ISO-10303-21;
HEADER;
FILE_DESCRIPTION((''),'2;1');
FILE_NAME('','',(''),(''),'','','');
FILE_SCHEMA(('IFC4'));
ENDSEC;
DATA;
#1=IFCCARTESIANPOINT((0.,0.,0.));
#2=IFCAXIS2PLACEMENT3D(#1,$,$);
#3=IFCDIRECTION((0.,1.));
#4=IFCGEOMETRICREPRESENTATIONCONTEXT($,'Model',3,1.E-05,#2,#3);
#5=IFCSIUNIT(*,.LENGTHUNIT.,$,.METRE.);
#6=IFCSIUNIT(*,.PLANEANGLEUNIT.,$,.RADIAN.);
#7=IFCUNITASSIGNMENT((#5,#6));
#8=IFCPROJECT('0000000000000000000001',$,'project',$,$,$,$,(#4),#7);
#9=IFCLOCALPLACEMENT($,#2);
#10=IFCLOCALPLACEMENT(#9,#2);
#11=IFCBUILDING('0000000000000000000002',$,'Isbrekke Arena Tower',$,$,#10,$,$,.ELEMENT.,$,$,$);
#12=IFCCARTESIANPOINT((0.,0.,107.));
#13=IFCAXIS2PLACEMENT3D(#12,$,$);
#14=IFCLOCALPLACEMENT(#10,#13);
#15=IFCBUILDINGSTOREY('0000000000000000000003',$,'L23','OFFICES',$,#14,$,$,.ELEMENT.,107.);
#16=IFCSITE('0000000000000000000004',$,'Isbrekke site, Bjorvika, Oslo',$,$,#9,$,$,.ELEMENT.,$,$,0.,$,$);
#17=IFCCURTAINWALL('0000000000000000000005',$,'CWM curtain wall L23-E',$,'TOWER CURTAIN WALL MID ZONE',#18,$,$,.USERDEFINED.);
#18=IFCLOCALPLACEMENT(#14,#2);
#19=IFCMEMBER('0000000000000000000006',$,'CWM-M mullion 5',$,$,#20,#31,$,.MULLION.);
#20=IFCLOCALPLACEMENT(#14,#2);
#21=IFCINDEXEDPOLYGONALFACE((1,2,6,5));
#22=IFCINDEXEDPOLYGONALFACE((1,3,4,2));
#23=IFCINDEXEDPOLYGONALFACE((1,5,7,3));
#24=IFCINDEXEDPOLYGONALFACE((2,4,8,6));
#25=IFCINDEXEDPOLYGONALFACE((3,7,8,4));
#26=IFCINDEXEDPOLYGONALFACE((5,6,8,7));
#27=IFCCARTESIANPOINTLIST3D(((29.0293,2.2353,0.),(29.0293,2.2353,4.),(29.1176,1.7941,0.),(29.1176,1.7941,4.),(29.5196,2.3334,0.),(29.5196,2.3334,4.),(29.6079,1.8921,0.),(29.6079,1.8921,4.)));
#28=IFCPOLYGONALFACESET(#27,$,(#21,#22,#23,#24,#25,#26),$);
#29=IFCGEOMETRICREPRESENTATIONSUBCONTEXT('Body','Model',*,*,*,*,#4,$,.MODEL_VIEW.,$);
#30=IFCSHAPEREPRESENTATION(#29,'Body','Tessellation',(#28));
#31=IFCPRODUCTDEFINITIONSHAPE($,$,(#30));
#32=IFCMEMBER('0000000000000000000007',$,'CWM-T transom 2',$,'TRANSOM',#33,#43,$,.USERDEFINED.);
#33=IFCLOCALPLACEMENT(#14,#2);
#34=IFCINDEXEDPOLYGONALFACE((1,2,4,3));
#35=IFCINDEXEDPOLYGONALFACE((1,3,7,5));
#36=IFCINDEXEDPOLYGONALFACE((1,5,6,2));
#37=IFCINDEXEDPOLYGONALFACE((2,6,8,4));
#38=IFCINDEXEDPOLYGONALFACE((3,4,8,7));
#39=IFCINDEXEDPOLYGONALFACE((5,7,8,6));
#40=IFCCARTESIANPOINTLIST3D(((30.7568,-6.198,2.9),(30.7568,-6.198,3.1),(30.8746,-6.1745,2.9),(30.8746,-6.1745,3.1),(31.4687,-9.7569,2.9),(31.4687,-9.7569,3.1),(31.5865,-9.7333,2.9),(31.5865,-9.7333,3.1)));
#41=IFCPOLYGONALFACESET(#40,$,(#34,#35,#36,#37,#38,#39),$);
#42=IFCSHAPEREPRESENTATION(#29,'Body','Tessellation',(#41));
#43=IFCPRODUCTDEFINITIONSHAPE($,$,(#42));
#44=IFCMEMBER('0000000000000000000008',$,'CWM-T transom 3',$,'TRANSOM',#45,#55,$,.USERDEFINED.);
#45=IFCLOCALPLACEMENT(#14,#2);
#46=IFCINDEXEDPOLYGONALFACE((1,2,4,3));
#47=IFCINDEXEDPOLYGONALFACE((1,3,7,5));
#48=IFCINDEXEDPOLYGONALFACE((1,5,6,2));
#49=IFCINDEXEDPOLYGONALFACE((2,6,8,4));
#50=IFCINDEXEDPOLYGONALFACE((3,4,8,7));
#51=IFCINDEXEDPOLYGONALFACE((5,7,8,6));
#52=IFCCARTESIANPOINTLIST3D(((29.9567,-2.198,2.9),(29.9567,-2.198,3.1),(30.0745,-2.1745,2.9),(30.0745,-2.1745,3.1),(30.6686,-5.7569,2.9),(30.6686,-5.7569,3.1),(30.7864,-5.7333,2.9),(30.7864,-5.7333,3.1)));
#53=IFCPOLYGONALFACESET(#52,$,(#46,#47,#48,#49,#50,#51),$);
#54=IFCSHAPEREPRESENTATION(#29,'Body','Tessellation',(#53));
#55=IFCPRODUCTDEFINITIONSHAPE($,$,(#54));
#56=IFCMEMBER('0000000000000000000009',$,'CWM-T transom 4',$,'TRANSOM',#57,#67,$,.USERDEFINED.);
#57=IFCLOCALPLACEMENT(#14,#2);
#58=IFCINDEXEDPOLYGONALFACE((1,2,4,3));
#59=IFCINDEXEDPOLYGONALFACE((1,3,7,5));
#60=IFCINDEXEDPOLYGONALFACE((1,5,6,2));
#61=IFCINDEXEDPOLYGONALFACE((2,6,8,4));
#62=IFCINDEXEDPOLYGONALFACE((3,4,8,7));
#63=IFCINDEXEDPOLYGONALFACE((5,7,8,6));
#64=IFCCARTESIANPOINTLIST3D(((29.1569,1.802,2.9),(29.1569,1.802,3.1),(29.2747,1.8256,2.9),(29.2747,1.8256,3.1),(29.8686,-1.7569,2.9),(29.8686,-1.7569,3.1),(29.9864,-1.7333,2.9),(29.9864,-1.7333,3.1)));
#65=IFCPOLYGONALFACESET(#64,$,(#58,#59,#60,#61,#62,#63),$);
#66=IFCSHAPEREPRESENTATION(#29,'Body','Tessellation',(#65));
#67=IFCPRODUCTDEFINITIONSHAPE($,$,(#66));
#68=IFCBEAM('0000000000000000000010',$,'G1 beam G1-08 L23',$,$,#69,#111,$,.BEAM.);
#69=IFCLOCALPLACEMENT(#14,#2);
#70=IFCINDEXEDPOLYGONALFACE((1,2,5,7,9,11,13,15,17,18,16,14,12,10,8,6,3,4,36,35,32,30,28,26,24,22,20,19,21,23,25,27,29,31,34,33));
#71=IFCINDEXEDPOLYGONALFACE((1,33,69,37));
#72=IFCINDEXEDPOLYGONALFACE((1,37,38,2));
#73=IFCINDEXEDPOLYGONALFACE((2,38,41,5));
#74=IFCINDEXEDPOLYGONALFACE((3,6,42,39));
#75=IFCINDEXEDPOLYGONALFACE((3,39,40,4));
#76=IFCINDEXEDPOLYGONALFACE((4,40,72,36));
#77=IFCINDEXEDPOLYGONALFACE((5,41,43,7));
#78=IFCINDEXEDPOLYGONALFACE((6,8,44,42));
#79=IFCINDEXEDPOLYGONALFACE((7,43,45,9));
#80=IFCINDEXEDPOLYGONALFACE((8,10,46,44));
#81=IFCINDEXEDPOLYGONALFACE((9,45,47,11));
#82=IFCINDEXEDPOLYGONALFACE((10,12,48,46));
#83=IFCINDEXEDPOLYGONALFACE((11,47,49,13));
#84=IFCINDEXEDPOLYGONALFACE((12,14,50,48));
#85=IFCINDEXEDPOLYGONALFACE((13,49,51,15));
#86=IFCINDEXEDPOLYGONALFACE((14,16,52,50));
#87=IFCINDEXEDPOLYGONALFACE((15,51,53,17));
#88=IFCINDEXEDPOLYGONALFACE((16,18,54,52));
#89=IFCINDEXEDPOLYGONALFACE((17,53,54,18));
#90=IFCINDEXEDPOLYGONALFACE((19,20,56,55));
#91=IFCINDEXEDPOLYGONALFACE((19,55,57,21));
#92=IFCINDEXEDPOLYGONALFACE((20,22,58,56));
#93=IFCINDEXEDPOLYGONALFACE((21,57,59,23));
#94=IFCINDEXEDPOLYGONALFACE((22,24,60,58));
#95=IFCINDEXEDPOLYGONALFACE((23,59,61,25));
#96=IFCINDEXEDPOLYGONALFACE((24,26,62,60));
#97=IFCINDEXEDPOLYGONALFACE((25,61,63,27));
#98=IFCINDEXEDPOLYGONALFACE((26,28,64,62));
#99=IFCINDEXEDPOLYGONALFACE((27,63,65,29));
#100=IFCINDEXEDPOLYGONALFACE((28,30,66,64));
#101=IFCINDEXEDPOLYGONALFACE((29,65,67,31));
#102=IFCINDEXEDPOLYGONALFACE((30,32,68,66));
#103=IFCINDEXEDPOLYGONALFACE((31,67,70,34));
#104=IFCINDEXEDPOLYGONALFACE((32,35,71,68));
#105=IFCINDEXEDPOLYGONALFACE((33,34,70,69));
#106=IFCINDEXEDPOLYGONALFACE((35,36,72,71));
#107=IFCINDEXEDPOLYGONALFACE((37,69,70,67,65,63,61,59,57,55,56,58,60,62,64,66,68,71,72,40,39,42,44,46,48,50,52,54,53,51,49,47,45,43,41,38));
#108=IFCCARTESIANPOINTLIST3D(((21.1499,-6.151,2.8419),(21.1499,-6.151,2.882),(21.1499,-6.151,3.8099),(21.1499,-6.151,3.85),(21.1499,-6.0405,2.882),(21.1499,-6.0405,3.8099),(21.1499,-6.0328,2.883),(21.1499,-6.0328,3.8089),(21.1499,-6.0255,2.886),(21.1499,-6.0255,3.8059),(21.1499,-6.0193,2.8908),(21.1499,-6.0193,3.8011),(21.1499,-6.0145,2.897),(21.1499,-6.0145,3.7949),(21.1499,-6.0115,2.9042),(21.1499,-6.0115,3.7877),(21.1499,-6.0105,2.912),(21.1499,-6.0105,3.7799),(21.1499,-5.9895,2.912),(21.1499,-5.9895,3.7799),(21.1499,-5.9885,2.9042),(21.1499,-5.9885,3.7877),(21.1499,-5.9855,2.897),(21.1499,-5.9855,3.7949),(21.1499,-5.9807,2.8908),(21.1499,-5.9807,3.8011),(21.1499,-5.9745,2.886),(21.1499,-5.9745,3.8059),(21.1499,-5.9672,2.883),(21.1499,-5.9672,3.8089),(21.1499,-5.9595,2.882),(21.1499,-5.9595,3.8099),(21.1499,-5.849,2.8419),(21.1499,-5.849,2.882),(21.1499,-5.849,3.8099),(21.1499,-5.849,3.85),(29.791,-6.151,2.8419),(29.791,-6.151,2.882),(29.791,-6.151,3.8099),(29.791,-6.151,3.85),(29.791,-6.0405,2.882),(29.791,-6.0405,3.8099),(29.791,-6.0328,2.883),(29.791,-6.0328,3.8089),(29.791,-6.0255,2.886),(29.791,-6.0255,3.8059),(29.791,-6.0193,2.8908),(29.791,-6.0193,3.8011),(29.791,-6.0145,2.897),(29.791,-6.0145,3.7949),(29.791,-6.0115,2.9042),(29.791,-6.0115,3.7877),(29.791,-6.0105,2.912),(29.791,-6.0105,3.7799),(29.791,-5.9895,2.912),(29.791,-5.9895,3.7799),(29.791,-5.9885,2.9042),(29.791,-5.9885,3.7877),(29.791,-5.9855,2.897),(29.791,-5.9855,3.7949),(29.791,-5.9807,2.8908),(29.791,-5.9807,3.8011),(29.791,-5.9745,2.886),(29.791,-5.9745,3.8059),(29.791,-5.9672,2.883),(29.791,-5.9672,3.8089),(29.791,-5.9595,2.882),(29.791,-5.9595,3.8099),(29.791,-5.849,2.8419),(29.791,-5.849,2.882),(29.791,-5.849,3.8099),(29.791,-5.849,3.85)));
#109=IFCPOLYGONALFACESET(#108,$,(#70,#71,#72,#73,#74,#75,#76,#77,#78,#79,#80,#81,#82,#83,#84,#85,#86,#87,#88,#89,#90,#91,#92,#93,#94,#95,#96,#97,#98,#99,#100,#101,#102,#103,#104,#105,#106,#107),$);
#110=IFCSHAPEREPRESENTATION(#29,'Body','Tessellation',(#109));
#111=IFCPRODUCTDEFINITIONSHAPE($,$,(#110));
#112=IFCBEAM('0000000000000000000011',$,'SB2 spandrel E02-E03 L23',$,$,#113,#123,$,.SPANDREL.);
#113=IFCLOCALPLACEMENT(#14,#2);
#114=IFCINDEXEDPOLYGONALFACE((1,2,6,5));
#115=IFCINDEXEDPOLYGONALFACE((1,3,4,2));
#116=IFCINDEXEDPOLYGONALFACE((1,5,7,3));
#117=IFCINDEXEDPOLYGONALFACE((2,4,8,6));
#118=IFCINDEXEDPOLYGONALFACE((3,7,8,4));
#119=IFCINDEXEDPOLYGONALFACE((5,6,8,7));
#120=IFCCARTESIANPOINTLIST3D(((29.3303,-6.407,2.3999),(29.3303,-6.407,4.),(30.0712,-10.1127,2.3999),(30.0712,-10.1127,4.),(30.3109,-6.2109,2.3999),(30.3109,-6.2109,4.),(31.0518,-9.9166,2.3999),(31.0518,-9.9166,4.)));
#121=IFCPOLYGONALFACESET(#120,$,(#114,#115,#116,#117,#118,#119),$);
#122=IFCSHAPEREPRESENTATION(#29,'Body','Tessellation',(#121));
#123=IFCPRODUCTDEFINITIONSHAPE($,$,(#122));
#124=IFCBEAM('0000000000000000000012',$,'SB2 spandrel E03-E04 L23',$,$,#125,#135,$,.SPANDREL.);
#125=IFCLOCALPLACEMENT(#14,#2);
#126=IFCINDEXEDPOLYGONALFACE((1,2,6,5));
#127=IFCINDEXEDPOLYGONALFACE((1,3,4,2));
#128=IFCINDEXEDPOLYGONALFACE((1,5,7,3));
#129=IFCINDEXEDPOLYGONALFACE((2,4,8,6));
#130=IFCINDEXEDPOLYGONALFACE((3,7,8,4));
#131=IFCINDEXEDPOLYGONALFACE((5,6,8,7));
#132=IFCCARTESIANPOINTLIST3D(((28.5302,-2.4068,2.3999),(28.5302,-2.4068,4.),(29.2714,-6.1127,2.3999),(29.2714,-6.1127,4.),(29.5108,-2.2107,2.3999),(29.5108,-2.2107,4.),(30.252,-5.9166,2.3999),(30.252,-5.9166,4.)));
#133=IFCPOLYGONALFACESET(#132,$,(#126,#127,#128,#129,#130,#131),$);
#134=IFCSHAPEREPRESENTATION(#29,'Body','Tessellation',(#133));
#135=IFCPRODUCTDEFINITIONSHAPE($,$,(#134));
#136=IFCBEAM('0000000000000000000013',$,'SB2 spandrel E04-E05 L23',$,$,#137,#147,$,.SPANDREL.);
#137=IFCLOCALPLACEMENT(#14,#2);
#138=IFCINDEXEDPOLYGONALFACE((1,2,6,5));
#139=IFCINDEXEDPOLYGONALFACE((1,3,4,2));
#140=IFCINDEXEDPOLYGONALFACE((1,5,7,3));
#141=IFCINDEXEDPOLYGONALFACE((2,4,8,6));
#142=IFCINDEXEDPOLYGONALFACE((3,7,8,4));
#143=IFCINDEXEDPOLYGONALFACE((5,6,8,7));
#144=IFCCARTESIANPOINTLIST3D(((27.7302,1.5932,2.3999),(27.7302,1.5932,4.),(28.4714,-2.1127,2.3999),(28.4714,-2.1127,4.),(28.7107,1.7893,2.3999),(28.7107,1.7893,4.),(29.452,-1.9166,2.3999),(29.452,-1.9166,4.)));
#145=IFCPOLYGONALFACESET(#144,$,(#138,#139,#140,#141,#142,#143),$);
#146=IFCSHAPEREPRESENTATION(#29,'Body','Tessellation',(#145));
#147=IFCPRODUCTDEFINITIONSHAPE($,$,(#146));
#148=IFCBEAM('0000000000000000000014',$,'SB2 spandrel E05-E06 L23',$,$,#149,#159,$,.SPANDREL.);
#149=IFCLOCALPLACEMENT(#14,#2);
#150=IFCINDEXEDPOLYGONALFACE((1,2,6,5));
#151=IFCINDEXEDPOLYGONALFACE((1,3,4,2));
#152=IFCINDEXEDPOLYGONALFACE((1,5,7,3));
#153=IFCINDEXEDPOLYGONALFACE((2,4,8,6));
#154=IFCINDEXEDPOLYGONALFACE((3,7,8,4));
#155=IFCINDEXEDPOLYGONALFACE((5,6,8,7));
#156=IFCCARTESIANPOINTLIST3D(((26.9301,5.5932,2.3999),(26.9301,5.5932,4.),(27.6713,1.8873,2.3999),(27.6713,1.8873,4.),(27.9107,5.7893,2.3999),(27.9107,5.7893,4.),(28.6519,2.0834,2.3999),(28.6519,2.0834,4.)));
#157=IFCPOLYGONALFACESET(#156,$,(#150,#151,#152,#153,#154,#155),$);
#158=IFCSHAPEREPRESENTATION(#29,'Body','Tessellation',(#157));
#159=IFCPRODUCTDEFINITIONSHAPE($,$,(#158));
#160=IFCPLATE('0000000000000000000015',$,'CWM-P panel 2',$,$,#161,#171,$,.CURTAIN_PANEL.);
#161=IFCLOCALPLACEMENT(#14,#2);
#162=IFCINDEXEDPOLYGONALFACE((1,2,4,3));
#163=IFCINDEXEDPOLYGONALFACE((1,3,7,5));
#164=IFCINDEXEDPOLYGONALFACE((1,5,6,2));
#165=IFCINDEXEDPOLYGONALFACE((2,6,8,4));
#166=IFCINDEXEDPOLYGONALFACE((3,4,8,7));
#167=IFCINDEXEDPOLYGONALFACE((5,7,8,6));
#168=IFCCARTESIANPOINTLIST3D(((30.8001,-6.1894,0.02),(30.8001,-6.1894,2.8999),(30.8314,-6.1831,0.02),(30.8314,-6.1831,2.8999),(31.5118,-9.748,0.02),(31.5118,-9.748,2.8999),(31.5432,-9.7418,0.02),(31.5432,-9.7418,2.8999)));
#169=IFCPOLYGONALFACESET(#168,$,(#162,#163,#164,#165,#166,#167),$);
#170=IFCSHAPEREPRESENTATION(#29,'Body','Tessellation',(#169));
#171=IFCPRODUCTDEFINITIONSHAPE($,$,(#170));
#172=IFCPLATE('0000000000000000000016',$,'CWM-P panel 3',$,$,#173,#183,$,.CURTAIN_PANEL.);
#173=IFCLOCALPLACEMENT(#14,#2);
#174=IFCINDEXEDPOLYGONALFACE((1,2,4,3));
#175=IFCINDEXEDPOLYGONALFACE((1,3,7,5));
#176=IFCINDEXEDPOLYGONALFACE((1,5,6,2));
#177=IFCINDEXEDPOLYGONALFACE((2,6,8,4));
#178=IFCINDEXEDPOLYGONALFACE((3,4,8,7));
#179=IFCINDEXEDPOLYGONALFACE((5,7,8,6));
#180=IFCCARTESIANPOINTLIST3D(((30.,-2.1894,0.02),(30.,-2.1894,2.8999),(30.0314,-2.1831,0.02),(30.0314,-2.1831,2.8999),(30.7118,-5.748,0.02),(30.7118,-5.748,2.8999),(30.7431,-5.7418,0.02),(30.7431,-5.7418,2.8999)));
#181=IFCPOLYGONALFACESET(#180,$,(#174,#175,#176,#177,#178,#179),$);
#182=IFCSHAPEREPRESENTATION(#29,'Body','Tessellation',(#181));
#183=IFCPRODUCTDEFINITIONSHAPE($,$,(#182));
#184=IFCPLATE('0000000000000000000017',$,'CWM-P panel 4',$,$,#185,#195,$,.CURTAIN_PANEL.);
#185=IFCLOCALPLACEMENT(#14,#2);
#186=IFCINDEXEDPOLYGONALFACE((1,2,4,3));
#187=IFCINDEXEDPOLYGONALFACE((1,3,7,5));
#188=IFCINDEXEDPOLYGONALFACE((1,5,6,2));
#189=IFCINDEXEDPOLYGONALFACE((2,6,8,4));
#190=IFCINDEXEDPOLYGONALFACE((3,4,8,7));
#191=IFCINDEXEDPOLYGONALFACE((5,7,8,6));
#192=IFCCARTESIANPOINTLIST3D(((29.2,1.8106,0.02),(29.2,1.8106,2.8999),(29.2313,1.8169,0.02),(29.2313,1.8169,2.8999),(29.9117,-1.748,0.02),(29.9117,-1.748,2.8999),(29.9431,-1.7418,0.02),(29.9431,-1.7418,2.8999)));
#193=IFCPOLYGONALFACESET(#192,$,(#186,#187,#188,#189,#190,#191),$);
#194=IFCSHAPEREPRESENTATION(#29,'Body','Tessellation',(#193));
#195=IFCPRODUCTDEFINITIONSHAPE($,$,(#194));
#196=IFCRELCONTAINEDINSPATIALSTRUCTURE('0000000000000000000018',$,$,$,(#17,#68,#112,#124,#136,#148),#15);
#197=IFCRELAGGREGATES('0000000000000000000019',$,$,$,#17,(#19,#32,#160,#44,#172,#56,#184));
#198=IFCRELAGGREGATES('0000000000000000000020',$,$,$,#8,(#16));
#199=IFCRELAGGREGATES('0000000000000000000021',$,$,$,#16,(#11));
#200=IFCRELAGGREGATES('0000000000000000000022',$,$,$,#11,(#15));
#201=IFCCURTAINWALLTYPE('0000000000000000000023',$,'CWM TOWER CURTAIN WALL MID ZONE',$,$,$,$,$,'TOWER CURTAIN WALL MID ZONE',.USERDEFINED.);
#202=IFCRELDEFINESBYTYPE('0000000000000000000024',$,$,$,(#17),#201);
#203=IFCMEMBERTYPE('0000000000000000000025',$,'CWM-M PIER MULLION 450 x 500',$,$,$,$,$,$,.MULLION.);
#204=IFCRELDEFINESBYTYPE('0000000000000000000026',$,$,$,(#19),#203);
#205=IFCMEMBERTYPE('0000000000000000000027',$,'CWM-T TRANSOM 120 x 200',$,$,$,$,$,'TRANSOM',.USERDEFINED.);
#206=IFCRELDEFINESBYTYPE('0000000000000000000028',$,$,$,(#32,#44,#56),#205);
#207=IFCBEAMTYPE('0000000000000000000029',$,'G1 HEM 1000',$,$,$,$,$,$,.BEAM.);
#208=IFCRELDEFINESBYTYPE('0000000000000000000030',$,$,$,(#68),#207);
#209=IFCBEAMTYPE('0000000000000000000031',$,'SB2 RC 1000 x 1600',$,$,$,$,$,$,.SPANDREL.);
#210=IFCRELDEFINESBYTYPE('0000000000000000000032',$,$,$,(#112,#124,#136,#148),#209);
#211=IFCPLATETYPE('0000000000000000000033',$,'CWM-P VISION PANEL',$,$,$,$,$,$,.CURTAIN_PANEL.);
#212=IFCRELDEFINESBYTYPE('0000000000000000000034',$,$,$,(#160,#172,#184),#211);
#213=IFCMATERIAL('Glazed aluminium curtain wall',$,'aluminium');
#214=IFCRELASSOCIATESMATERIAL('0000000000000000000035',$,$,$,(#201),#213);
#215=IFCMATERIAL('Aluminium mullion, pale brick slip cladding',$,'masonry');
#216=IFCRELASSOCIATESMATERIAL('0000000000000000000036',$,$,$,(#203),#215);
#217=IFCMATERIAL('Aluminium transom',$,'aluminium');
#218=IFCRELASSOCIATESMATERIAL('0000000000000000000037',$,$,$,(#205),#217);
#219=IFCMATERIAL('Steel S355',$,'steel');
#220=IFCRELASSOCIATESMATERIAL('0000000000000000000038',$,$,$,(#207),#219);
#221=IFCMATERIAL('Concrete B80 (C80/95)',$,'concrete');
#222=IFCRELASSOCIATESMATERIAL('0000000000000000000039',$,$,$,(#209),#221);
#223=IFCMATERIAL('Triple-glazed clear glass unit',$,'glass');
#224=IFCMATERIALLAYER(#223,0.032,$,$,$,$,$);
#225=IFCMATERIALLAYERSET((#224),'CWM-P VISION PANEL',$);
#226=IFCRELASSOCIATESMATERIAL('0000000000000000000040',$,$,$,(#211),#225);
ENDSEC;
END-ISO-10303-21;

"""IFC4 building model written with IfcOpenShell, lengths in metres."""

from ifc_helpers import new_model, si_unit, direction, frame, origin, origin_2d, place, context, subcontext, project, spatial, rectangle, i_section, extrude, material, layer, layer_set, material_profile, profile_set, type_object, element, aggregate, save


model = new_model("IFC4")

# Units and contexts
model_context = context("Model", 3, precision=1e-05, world=origin(), true_north=direction((0.0, 1.0)))
body_context = subcontext(model_context, "Body", "Model", "MODEL_VIEW")
ifc_project = project(units=[si_unit("LENGTHUNIT", "METRE"), si_unit("PLANEANGLEUNIT", "RADIAN")], contexts=[model_context])

# Site, building, storey
site_placement = place(None, origin())
site = spatial("IfcSite", under=ifc_project, at=site_placement, Name="Isbrekke site, Bjorvika, Oslo", CompositionType="ELEMENT", RefElevation=0.0)
building_placement = place(site_placement, origin())
building = spatial("IfcBuilding", under=site, at=building_placement, Name="Isbrekke Arena Tower", CompositionType="ELEMENT")
storey_placement = place(building_placement, frame((0.0, 0.0, 107.0)))
storey = spatial("IfcBuildingStorey", under=building, at=storey_placement, Name="L23", Description="OFFICES", CompositionType="ELEMENT", Elevation=107.0)

# Curtain wall, members
ifc_material_1 = material(Name="Glazed aluminium curtain wall", Category="aluminium")
curtain_wall_type = type_object("IfcCurtainWallType", Name="CWM TOWER CURTAIN WALL MID ZONE", ElementType="TOWER CURTAIN WALL MID ZONE", PredefinedType="USERDEFINED", material=ifc_material_1)
curtain_wall_placement = place(storey_placement, origin())
curtain_wall = element("IfcCurtainWall", 1, at=curtain_wall_placement, inside=storey, type_object=curtain_wall_type, Name="CWM curtain wall L23-E", ObjectType="TOWER CURTAIN WALL MID ZONE", PredefinedType="USERDEFINED")
ifc_material_2 = material(Name="Aluminium mullion, pale brick slip cladding", Category="masonry")
ifc_material_profile_1 = material_profile(ifc_material_2, rectangle(XDim=0.45, YDim=0.5, at=origin_2d()), Name="PIER 450X500")
ifc_profile_set_1 = profile_set([ifc_material_profile_1], Name="Aluminium mullion, pale brick slip cladding")
member_type_1 = type_object("IfcMemberType", Name="CWM-M PIER MULLION 450 x 500", PredefinedType="MULLION", material=ifc_profile_set_1)
member_1_placement = place(storey_placement, frame((29.3186, 2.0637, 0.0), z_axis=(0.0, 0.0, 1.0), x_axis=(-0.196116, 0.980581, 0.0)))
member_1 = element("IfcMember", 2, at=member_1_placement, type_object=member_type_1, Name="CWM-M mullion 5", PredefinedType="MULLION", context=body_context, shape_type="SweptSolid", body=[
    extrude(rectangle(XDim=0.45, YDim=0.5, at=origin_2d()), origin(), (0.0, 0.0, 1.0), 4.0),
])
ifc_material_3 = material(Name="Aluminium transom", Category="aluminium")
ifc_material_profile_2 = material_profile(ifc_material_3, rectangle(XDim=0.1201, YDim=0.2, at=origin_2d()), Name="TRANSOM 120X200")
ifc_profile_set_2 = profile_set([ifc_material_profile_2], Name="Aluminium transom")
member_type_2 = type_object("IfcMemberType", Name="CWM-T TRANSOM 120 x 200", ElementType="TRANSOM", PredefinedType="USERDEFINED", material=ifc_profile_set_2)
member_2_placement = place(storey_placement, frame((31.5276, -9.7451, 3.0), z_axis=(-0.196155, 0.980573, 0.0), x_axis=(-0.980573, -0.196155, 0.0)))
member_2 = element("IfcMember", 3, at=member_2_placement, type_object=member_type_2, Name="CWM-T transom 2", ObjectType="TRANSOM", PredefinedType="USERDEFINED", context=body_context, shape_type="SweptSolid", body=[
    extrude(rectangle(XDim=0.1201, YDim=0.2, at=origin_2d()), origin(), (0.0, 0.0, 1.0), 3.6294),
])
member_3_placement = place(storey_placement, frame((30.7275, -5.7451, 3.0), z_axis=(-0.196155, 0.980573, 0.0), x_axis=(-0.980573, -0.196155, 0.0)))
member_3 = element("IfcMember", 4, at=member_3_placement, type_object=member_type_2, Name="CWM-T transom 3", ObjectType="TRANSOM", PredefinedType="USERDEFINED", context=body_context, shape_type="SweptSolid", body=[
    extrude(rectangle(XDim=0.1201, YDim=0.2, at=origin_2d()), origin(), (0.0, 0.0, 1.0), 3.6294),
])
member_4_placement = place(storey_placement, frame((29.9275, -1.7451, 3.0), z_axis=(-0.19609, 0.980586, 0.0), x_axis=(-0.980586, -0.19609, 0.0)))
member_4 = element("IfcMember", 5, at=member_4_placement, type_object=member_type_2, Name="CWM-T transom 4", ObjectType="TRANSOM", PredefinedType="USERDEFINED", context=body_context, shape_type="SweptSolid", body=[
    extrude(rectangle(XDim=0.1201, YDim=0.2, at=origin_2d()), origin(), (0.0, 0.0, 1.0), 3.6294),
])

# Beams
ifc_material_4 = material(Name="Steel S355", Category="steel")
ifc_material_profile_3 = material_profile(ifc_material_4, i_section(OverallWidth=0.302, OverallDepth=1.0081, WebThickness=0.021, FlangeThickness=0.04, FilletRadius=0.03, at=origin_2d()), Name="HEM 1000")
ifc_profile_set_3 = profile_set([ifc_material_profile_3], Name="Steel S355")
beam_type_1 = type_object("IfcBeamType", Name="G1 HEM 1000", PredefinedType="BEAM", material=ifc_profile_set_3)
beam_1_placement = place(storey_placement, frame((21.1499, -6.0, 3.3459), z_axis=(1.0, 0.0, 0.0), x_axis=(0.0, 1.0, 0.0)))
element("IfcBeam", 6, at=beam_1_placement, inside=storey, type_object=beam_type_1, Name="G1 beam G1-08 L23", PredefinedType="BEAM", context=body_context, shape_type="SweptSolid", body=[
    extrude(i_section(OverallWidth=0.302, OverallDepth=1.0081, WebThickness=0.021, FlangeThickness=0.04, FilletRadius=0.03, at=origin_2d()), origin(), (0.0, 0.0, 1.0), 8.6411),
])
ifc_material_5 = material(Name="Concrete B80 (C80/95)", Category="concrete")
ifc_material_profile_4 = material_profile(ifc_material_5, rectangle(XDim=1.0, YDim=1.6001, at=origin_2d()), Name="RC 1000x1600")
ifc_profile_set_4 = profile_set([ifc_material_profile_4], Name="Concrete B80 (C80/95)")
beam_type_2 = type_object("IfcBeamType", Name="SB2 RC 1000 x 1600", PredefinedType="SPANDREL", material=ifc_profile_set_4)
beam_2_placement = place(storey_placement, frame((30.5615, -10.0146, 3.2), z_axis=(-0.196066, 0.980591, 0.0), x_axis=(-0.980591, -0.196066, 0.0)))
element("IfcBeam", 7, at=beam_2_placement, inside=storey, type_object=beam_type_2, Name="SB2 spandrel E02-E03 L23", PredefinedType="SPANDREL", context=body_context, shape_type="SweptSolid", body=[
    extrude(rectangle(XDim=1.0, YDim=1.6001, at=origin_2d()), origin(), (0.0, 0.0, 1.0), 3.7791),
])
for number, where, z_axis, x_axis, name in (
    (8, (29.7617, -6.0146, 3.2), (-0.196129, 0.980578, 0.0), (-0.980578, -0.196129, 0.0), "SB2 spandrel E03-E04 L23"),
    (9, (28.9617, -2.0146, 3.2), (-0.196129, 0.980578, 0.0), (-0.980578, -0.196129, 0.0), "SB2 spandrel E04-E05 L23"),
    (10, (28.1616, 1.9854, 3.2), (-0.196129, 0.980578, 0.0), (-0.980578, -0.196129, 0.0), "SB2 spandrel E05-E06 L23"),
):
    element("IfcBeam", number, at=place(storey_placement, frame(where, z_axis=z_axis, x_axis=x_axis)), inside=storey, type_object=beam_type_2, Name=name, PredefinedType="SPANDREL", context=body_context, shape_type="SweptSolid", body=[
        extrude(rectangle(XDim=1.0, YDim=1.6001, at=origin_2d()), origin(), (0.0, 0.0, 1.0), 3.7793),
    ])

# Plates
ifc_material_6 = material(Name="Triple-glazed clear glass unit", Category="glass")
ifc_layer_1 = layer(ifc_material_6, 0.032)
ifc_layer_set_1 = layer_set([ifc_layer_1], Name="CWM-P VISION PANEL")
plate_type = type_object("IfcPlateType", Name="CWM-P VISION PANEL", PredefinedType="CURTAIN_PANEL", material=ifc_layer_set_1)
plate_1_placement = place(storey_placement, frame((31.1716, -7.9656, 0.02), z_axis=(0.0, 0.0, 1.0), x_axis=(-0.196116, 0.980581, 0.0)))
plate_1 = element("IfcPlate", 11, at=plate_1_placement, type_object=plate_type, Name="CWM-P panel 2", PredefinedType="CURTAIN_PANEL", context=body_context, shape_type="SweptSolid", body=[
    extrude(rectangle(XDim=3.6292, YDim=0.032, at=origin_2d()), origin(), (0.0, 0.0, 1.0), 2.8799),
])
plate_2_placement = place(storey_placement, frame((30.3716, -3.9656, 0.02), z_axis=(0.0, 0.0, 1.0), x_axis=(-0.196116, 0.980581, 0.0)))
plate_2 = element("IfcPlate", 12, at=plate_2_placement, type_object=plate_type, Name="CWM-P panel 3", PredefinedType="CURTAIN_PANEL", context=body_context, shape_type="SweptSolid", body=[
    extrude(rectangle(XDim=3.6292, YDim=0.032, at=origin_2d()), origin(), (0.0, 0.0, 1.0), 2.8799),
])
plate_3_placement = place(storey_placement, frame((29.5715, 0.0344, 0.02), z_axis=(0.0, 0.0, 1.0), x_axis=(-0.196116, 0.980581, 0.0)))
plate_3 = element("IfcPlate", 13, at=plate_3_placement, type_object=plate_type, Name="CWM-P panel 4", PredefinedType="CURTAIN_PANEL", context=body_context, shape_type="SweptSolid", body=[
    extrude(rectangle(XDim=3.6292, YDim=0.032, at=origin_2d()), origin(), (0.0, 0.0, 1.0), 2.8799),
])
aggregate(curtain_wall, [member_1, member_2, plate_1, member_3, plate_2, member_4, plate_3])

save(model, "model.ifc")
